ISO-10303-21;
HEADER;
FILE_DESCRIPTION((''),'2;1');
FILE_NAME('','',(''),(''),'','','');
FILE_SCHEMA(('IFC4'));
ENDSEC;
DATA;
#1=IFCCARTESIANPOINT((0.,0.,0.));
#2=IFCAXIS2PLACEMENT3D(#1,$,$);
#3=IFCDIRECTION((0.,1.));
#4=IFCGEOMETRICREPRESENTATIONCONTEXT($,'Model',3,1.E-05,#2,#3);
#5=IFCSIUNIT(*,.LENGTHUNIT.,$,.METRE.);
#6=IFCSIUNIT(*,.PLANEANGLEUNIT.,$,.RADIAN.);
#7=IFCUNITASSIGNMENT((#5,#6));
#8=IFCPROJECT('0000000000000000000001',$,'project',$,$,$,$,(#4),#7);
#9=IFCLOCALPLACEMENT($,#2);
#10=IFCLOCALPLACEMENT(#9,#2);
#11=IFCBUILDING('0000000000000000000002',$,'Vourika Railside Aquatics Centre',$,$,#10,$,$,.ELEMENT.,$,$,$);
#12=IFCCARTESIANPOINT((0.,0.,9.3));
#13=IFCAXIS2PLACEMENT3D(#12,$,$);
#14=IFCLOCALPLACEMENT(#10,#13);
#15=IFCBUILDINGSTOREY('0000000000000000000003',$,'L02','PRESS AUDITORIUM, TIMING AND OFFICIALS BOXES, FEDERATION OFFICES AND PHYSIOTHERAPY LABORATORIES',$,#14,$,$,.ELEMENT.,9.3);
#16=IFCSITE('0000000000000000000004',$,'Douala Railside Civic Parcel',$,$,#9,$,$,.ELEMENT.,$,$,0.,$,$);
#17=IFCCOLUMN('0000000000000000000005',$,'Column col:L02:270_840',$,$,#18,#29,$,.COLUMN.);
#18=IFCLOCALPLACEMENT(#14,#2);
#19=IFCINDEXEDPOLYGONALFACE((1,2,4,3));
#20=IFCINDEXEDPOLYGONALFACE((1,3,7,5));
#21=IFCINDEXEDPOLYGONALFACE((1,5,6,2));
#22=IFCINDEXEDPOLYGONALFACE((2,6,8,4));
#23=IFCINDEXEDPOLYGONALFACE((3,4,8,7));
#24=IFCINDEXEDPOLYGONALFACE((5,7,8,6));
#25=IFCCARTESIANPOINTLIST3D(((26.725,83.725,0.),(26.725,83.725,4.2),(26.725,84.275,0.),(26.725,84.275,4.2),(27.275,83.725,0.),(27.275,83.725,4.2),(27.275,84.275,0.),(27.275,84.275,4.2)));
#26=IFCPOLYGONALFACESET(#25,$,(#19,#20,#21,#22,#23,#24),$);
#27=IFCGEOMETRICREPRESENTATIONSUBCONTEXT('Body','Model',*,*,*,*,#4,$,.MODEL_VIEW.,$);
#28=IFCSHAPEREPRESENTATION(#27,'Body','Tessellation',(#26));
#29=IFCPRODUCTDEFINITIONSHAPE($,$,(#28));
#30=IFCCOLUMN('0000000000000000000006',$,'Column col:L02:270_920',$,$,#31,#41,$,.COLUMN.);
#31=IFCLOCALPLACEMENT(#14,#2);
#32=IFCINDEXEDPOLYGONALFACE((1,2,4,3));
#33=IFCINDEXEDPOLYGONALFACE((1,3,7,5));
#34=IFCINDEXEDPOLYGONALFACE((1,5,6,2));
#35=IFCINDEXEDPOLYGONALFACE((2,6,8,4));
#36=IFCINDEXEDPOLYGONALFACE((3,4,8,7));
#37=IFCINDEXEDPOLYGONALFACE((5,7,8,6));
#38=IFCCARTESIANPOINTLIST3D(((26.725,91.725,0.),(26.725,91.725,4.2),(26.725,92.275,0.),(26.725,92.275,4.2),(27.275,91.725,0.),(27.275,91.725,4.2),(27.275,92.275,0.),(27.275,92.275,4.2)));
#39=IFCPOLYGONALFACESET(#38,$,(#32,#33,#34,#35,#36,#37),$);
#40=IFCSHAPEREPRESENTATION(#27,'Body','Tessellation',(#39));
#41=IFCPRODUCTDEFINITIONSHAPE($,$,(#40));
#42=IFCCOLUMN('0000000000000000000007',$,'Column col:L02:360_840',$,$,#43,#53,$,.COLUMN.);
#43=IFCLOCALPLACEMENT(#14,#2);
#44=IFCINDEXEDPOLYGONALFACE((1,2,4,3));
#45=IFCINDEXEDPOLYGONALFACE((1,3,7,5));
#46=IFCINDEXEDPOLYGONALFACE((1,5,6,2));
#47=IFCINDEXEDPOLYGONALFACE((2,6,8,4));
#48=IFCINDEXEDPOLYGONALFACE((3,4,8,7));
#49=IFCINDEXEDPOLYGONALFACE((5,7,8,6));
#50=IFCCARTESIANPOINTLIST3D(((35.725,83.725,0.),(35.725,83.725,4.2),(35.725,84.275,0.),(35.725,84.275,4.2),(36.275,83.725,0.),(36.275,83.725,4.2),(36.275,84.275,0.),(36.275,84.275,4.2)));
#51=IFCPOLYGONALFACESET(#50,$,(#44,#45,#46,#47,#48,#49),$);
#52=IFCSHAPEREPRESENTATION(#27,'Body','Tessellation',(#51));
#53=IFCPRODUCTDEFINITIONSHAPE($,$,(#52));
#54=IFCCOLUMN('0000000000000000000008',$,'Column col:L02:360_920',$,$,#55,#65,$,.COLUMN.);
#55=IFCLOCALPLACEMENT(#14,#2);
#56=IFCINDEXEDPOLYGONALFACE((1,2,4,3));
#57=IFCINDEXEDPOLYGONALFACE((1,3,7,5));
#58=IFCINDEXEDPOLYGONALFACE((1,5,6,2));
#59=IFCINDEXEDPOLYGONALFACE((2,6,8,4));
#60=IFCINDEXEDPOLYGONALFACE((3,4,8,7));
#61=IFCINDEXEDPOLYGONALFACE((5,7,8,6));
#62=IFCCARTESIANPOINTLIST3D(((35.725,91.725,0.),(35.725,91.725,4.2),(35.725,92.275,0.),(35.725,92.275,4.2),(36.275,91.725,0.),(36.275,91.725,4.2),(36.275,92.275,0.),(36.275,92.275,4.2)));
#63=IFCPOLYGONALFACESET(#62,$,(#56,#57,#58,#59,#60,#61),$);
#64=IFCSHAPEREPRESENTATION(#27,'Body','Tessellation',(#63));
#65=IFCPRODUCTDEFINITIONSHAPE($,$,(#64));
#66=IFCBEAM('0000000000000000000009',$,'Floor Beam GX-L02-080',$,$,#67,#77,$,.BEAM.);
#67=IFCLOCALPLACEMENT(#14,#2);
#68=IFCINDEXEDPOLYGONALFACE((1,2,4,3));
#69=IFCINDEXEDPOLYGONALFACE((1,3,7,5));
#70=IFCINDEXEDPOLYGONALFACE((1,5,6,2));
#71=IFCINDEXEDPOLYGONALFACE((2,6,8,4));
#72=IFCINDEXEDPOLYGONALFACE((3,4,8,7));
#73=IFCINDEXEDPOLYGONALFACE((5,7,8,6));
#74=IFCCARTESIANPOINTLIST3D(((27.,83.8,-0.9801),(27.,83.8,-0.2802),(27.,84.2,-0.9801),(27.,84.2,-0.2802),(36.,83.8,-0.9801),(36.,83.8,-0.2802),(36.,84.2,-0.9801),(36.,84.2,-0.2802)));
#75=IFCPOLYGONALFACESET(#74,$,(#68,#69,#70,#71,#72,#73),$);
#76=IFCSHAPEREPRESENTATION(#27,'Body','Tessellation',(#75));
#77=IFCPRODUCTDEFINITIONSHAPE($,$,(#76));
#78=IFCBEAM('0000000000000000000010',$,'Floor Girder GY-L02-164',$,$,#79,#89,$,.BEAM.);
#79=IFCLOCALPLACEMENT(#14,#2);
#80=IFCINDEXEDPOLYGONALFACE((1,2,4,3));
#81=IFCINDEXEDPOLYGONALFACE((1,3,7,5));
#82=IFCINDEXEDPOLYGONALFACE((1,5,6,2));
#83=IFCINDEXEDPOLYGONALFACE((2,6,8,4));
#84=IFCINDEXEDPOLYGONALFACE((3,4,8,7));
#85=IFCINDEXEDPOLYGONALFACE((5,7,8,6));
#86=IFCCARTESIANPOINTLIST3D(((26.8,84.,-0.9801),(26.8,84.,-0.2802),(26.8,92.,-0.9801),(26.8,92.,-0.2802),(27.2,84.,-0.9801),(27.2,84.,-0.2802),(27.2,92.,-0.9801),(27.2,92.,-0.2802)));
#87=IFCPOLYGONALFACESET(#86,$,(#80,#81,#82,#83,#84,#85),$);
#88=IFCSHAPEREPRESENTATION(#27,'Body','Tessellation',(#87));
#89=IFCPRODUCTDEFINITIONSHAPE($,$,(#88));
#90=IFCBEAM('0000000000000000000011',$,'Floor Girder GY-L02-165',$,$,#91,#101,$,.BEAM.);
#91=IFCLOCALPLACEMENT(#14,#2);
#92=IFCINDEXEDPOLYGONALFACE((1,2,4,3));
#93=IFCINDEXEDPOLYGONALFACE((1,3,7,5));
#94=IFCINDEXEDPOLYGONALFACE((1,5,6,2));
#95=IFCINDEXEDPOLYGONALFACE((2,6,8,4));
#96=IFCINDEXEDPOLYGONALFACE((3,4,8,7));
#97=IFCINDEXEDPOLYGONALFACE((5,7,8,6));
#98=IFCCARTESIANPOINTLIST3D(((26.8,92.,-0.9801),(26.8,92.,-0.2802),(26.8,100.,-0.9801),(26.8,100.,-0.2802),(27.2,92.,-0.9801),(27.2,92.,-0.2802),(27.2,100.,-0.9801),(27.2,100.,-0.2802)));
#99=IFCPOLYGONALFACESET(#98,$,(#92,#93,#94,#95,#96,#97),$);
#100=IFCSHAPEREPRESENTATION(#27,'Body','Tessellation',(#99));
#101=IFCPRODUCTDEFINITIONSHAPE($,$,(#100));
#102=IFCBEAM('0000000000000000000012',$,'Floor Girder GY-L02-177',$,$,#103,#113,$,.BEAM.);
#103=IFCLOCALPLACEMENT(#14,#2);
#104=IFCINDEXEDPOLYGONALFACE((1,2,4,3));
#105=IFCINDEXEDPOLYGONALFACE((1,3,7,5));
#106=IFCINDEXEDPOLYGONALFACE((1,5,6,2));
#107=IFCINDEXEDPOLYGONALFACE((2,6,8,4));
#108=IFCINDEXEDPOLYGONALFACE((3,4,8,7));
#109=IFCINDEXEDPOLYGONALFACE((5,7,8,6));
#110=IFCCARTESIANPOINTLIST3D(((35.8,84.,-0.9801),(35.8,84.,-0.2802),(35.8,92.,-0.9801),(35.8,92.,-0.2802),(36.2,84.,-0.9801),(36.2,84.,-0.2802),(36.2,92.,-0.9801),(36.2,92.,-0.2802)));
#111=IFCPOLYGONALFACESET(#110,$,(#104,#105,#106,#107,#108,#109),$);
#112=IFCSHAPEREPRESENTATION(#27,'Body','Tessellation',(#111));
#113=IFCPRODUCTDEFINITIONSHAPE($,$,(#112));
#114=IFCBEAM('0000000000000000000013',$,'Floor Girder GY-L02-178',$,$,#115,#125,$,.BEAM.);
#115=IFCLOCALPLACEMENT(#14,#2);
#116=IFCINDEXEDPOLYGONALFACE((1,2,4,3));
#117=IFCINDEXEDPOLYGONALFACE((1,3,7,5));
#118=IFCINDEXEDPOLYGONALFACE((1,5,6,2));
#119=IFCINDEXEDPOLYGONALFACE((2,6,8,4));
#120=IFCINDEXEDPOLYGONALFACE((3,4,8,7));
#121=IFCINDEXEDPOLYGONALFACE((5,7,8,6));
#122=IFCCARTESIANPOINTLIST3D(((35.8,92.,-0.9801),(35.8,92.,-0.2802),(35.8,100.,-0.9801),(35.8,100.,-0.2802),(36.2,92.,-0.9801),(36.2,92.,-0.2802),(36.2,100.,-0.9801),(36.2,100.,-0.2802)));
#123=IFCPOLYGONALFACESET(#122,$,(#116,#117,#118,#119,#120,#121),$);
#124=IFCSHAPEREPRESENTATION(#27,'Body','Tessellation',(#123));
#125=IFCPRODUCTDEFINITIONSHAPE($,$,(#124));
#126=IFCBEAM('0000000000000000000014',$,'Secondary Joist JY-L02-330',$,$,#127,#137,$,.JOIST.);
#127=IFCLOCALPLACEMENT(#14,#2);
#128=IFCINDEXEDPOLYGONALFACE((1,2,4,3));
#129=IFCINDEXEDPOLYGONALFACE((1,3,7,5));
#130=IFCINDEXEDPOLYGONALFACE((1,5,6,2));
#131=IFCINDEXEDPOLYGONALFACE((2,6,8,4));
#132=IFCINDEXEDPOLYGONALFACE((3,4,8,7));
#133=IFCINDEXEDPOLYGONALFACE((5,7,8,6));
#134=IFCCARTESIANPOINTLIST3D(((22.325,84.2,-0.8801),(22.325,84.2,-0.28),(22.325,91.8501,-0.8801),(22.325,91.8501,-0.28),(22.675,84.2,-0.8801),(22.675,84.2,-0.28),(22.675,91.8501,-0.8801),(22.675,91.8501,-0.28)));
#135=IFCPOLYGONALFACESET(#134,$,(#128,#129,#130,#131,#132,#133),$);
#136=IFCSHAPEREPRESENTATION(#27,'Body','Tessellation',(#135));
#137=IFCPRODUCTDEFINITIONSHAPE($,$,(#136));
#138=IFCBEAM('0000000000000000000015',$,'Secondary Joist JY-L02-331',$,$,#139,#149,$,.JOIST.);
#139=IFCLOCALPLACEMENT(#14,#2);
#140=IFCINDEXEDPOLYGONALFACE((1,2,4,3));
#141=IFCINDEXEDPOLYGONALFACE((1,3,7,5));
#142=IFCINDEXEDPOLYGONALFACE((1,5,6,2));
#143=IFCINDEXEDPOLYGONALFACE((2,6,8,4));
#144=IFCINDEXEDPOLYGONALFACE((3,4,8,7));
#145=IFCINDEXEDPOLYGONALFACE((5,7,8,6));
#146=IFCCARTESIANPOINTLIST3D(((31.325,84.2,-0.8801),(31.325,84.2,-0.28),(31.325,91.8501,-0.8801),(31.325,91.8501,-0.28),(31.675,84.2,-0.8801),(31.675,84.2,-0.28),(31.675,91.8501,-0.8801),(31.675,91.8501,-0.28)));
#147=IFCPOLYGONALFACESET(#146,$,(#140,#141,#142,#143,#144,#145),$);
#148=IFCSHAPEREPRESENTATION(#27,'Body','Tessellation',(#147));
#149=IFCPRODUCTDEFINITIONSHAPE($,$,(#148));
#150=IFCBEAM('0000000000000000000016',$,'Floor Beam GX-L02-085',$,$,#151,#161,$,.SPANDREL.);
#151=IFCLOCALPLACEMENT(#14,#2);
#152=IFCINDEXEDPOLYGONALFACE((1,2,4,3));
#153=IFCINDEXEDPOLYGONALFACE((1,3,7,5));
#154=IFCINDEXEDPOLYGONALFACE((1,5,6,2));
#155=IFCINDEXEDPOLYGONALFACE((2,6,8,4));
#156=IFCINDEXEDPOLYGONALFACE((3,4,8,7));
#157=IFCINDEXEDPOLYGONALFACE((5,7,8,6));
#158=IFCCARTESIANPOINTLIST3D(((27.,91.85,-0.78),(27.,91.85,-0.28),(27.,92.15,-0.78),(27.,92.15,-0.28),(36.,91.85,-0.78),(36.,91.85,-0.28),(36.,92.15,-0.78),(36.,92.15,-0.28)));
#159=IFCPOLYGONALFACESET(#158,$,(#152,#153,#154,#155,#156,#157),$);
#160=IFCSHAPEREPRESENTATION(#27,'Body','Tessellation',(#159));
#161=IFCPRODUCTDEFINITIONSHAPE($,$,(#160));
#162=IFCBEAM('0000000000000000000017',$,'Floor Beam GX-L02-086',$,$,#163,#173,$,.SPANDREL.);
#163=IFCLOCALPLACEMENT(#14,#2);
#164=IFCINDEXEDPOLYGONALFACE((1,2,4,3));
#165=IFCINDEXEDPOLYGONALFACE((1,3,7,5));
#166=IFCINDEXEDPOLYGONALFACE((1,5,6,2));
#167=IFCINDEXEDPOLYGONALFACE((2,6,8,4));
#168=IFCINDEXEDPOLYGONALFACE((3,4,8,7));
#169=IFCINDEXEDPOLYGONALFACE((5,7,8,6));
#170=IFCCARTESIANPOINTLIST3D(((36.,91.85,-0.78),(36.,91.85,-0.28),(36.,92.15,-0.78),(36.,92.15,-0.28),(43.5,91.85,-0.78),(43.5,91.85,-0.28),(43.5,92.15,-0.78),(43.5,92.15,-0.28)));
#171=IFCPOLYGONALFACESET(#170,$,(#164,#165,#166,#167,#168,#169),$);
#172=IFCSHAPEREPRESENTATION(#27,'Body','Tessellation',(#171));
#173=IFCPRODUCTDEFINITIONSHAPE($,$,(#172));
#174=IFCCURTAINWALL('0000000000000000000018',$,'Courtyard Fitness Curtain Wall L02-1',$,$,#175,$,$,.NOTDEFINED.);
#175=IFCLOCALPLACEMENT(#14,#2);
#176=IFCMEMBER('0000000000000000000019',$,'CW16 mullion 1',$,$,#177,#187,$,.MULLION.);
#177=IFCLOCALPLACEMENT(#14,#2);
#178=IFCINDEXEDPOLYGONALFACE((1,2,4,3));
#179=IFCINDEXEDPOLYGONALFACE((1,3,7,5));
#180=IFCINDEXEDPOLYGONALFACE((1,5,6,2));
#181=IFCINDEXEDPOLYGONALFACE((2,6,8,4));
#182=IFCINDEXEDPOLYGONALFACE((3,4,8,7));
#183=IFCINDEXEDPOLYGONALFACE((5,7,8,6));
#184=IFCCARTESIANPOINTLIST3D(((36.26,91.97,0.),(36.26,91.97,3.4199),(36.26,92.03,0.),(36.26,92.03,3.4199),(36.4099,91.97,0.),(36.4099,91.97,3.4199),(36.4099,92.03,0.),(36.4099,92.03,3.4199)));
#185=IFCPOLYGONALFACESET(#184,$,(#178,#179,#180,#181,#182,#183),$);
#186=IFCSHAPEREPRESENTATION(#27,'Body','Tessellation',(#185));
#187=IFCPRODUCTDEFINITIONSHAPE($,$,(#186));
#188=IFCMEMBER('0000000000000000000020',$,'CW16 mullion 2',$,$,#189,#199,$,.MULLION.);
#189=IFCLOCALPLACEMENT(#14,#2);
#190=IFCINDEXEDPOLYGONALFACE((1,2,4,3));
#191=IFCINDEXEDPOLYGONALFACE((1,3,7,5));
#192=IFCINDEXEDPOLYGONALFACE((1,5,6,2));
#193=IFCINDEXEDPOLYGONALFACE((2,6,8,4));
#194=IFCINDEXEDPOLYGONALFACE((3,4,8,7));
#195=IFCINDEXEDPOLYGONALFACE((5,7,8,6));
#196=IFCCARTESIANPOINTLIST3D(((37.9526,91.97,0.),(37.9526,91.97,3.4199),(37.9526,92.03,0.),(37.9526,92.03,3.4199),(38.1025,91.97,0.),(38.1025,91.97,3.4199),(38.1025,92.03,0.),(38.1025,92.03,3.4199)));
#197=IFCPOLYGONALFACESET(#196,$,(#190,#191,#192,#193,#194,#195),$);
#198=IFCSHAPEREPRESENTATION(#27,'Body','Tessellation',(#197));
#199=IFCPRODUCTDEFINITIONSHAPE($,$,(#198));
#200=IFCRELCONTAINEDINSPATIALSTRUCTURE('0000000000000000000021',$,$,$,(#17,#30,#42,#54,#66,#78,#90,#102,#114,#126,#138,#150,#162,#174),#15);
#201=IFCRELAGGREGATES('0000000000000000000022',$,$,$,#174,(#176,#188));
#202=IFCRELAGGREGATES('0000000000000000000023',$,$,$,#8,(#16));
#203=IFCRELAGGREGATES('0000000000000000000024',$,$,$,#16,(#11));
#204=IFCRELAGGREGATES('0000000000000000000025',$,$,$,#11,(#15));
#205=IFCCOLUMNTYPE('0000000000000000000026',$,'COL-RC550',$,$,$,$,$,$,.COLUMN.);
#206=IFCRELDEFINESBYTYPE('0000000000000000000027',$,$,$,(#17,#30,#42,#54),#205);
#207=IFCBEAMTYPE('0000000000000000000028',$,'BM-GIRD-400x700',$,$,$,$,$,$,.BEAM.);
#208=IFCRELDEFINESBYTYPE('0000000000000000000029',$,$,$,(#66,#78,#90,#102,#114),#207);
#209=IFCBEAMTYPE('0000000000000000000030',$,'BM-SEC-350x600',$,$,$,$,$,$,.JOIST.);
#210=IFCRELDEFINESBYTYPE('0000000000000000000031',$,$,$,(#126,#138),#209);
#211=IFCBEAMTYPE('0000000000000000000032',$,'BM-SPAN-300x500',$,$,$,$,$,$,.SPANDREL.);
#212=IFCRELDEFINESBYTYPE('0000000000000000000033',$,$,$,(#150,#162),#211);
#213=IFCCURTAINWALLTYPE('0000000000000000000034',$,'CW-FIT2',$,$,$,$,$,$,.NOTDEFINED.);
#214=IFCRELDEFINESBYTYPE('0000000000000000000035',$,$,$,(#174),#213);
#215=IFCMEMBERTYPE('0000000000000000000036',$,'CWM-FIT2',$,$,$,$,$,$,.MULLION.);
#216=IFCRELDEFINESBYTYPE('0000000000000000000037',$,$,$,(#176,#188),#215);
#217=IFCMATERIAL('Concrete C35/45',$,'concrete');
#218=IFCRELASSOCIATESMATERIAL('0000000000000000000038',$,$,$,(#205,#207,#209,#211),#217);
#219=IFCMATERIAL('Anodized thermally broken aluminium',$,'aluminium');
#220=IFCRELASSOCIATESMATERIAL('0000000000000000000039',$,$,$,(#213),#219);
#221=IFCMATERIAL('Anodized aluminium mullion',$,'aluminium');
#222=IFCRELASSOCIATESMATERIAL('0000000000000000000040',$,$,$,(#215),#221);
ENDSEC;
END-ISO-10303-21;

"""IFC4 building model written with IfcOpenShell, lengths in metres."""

from ifc_helpers import new_model, si_unit, direction, frame, origin, origin_2d, place, context, subcontext, project, spatial, rectangle, extrude, material, material_profile, profile_set, type_object, element, aggregate, save


model = new_model("IFC4")

# Units and contexts
model_context = context("Model", 3, precision=1e-05, world=origin(), true_north=direction((0.0, 1.0)))
body_context = subcontext(model_context, "Body", "Model", "MODEL_VIEW")
ifc_project = project(units=[si_unit("LENGTHUNIT", "METRE"), si_unit("PLANEANGLEUNIT", "RADIAN")], contexts=[model_context])

# Site, building, storey
site_placement = place(None, origin())
site = spatial("IfcSite", under=ifc_project, at=site_placement, Name="Douala Railside Civic Parcel", CompositionType="ELEMENT", RefElevation=0.0)
building_placement = place(site_placement, origin())
building = spatial("IfcBuilding", under=site, at=building_placement, Name="Vourika Railside Aquatics Centre", CompositionType="ELEMENT")
storey_placement = place(building_placement, frame((0.0, 0.0, 9.3)))
storey = spatial("IfcBuildingStorey", under=building, at=storey_placement, Name="L02", Description="PRESS AUDITORIUM, TIMING AND OFFICIALS BOXES, FEDERATION OFFICES AND PHYSIOTHERAPY LABORATORIES", CompositionType="ELEMENT", Elevation=9.3)

# Columns
ifc_material_1 = material(Name="Concrete C35/45", Category="concrete")
ifc_material_profile_1 = material_profile(ifc_material_1, rectangle(XDim=0.55, YDim=0.55, at=origin_2d()), Name="RC 550x550")
ifc_profile_set_1 = profile_set([ifc_material_profile_1], Name="Concrete C35/45")
column_type = type_object("IfcColumnType", Name="COL-RC550", PredefinedType="COLUMN", material=ifc_profile_set_1)
for number, where, z_axis, x_axis, name in (
    (1, (27.0, 84.0, 0.0), (0.0, 0.0, 1.0), (1.0, 0.0, 0.0), "Column col:L02:270_840"),
    (2, (27.0, 92.0, 0.0), (0.0, 0.0, 1.0), (1.0, 0.0, 0.0), "Column col:L02:270_920"),
    (3, (36.0, 84.0, 0.0), (0.0, 0.0, 1.0), (1.0, 0.0, 0.0), "Column col:L02:360_840"),
    (4, (36.0, 92.0, 0.0), (0.0, 0.0, 1.0), (1.0, 0.0, 0.0), "Column col:L02:360_920"),
):
    element("IfcColumn", number, at=place(storey_placement, frame(where, z_axis=z_axis, x_axis=x_axis)), inside=storey, type_object=column_type, Name=name, PredefinedType="COLUMN", context=body_context, shape_type="SweptSolid", body=[
        extrude(rectangle(XDim=0.55, YDim=0.55, at=origin_2d()), origin(), (0.0, 0.0, 1.0), 4.2),
    ])

# Beams
ifc_material_profile_2 = material_profile(ifc_material_1, rectangle(XDim=0.3999, YDim=0.7, at=origin_2d()), Name="RC 400x700")
ifc_profile_set_2 = profile_set([ifc_material_profile_2], Name="Concrete C35/45")
beam_type_1 = type_object("IfcBeamType", Name="BM-GIRD-400x700", PredefinedType="BEAM", material=ifc_profile_set_2)
beam_1_placement = place(storey_placement, frame((27.0, 84.0, -0.6301), z_axis=(1.0, 0.0, 0.0), x_axis=(0.0, 1.0, 0.0)))
element("IfcBeam", 5, at=beam_1_placement, inside=storey, type_object=beam_type_1, Name="Floor Beam GX-L02-080", PredefinedType="BEAM", context=body_context, shape_type="SweptSolid", body=[
    extrude(rectangle(XDim=0.3999, YDim=0.7, at=origin_2d()), origin(), (0.0, 0.0, 1.0), 9.0),
])
for number, where, z_axis, x_axis, name in (
    (6, (27.0, 84.0, -0.6301), (0.0, 1.0, 0.0), (-1.0, 0.0, 0.0), "Floor Girder GY-L02-164"),
    (7, (27.0, 92.0, -0.6301), (0.0, 1.0, 0.0), (-1.0, 0.0, 0.0), "Floor Girder GY-L02-165"),
    (8, (36.0, 84.0, -0.6301), (0.0, 1.0, 0.0), (-1.0, 0.0, 0.0), "Floor Girder GY-L02-177"),
    (9, (36.0, 92.0, -0.6301), (0.0, 1.0, 0.0), (-1.0, 0.0, 0.0), "Floor Girder GY-L02-178"),
):
    element("IfcBeam", number, at=place(storey_placement, frame(where, z_axis=z_axis, x_axis=x_axis)), inside=storey, type_object=beam_type_1, Name=name, PredefinedType="BEAM", context=body_context, shape_type="SweptSolid", body=[
        extrude(rectangle(XDim=0.3999, YDim=0.7, at=origin_2d()), origin(), (0.0, 0.0, 1.0), 8.0),
    ])
ifc_material_profile_3 = material_profile(ifc_material_1, rectangle(XDim=0.3501, YDim=0.6001, at=origin_2d()), Name="RC 350x600")
ifc_profile_set_3 = profile_set([ifc_material_profile_3], Name="Concrete C35/45")
beam_type_2 = type_object("IfcBeamType", Name="BM-SEC-350x600", PredefinedType="JOIST", material=ifc_profile_set_3)
for number, where, z_axis, x_axis, name in (
    (10, (22.5, 84.2, -0.5801), (0.0, 1.0, 0.0), (-1.0, 0.0, 0.0), "Secondary Joist JY-L02-330"),
    (11, (31.5, 84.2, -0.5801), (0.0, 1.0, 0.0), (-1.0, 0.0, 0.0), "Secondary Joist JY-L02-331"),
):
    element("IfcBeam", number, at=place(storey_placement, frame(where, z_axis=z_axis, x_axis=x_axis)), inside=storey, type_object=beam_type_2, Name=name, PredefinedType="JOIST", context=body_context, shape_type="SweptSolid", body=[
        extrude(rectangle(XDim=0.3501, YDim=0.6001, at=origin_2d()), origin(), (0.0, 0.0, 1.0), 7.6501),
    ])
ifc_material_profile_4 = material_profile(ifc_material_1, rectangle(XDim=0.3, YDim=0.5, at=origin_2d()), Name="RC 300x500")
ifc_profile_set_4 = profile_set([ifc_material_profile_4], Name="Concrete C35/45")
beam_type_3 = type_object("IfcBeamType", Name="BM-SPAN-300x500", PredefinedType="SPANDREL", material=ifc_profile_set_4)
beam_2_placement = place(storey_placement, frame((27.0, 92.0, -0.53), z_axis=(1.0, 0.0, 0.0), x_axis=(0.0, 1.0, 0.0)))
element("IfcBeam", 12, at=beam_2_placement, inside=storey, type_object=beam_type_3, Name="Floor Beam GX-L02-085", PredefinedType="SPANDREL", context=body_context, shape_type="SweptSolid", body=[
    extrude(rectangle(XDim=0.3, YDim=0.5, at=origin_2d()), origin(), (0.0, 0.0, 1.0), 9.0),
])
beam_3_placement = place(storey_placement, frame((36.0, 92.0, -0.53), z_axis=(1.0, 0.0, 0.0), x_axis=(0.0, 1.0, 0.0)))
element("IfcBeam", 13, at=beam_3_placement, inside=storey, type_object=beam_type_3, Name="Floor Beam GX-L02-086", PredefinedType="SPANDREL", context=body_context, shape_type="SweptSolid", body=[
    extrude(rectangle(XDim=0.3, YDim=0.5, at=origin_2d()), origin(), (0.0, 0.0, 1.0), 7.5),
])

# Curtain wall, members
ifc_material_2 = material(Name="Anodized thermally broken aluminium", Category="aluminium")
curtain_wall_type = type_object("IfcCurtainWallType", Name="CW-FIT2", PredefinedType="NOTDEFINED", material=ifc_material_2)
curtain_wall_placement = place(storey_placement, origin())
curtain_wall = element("IfcCurtainWall", 14, at=curtain_wall_placement, inside=storey, type_object=curtain_wall_type, Name="Courtyard Fitness Curtain Wall L02-1", PredefinedType="NOTDEFINED")
ifc_material_3 = material(Name="Anodized aluminium mullion", Category="aluminium")
ifc_material_profile_5 = material_profile(ifc_material_3, rectangle(XDim=0.0601, YDim=0.1499, at=origin_2d()), Name="ALU-M 60x150")
ifc_profile_set_5 = profile_set([ifc_material_profile_5], Name="Anodized aluminium mullion")
member_type_1 = type_object("IfcMemberType", Name="CWM-FIT2", PredefinedType="MULLION", material=ifc_profile_set_5)
member_1_placement = place(storey_placement, frame((36.335, 92.0, 0.0), z_axis=(0.0, 0.0, 1.0), x_axis=(0.0, 1.0, 0.0)))
member_1 = element("IfcMember", 15, at=member_1_placement, type_object=member_type_1, Name="CW16 mullion 1", PredefinedType="MULLION", context=body_context, shape_type="SweptSolid", body=[
    extrude(rectangle(XDim=0.0601, YDim=0.1499, at=origin_2d()), origin(), (0.0, 0.0, 1.0), 3.4199),
])
member_2_placement = place(storey_placement, frame((38.0276, 92.0, 0.0), z_axis=(0.0, 0.0, 1.0), x_axis=(0.0, 1.0, 0.0)))
member_2 = element("IfcMember", 16, at=member_2_placement, type_object=member_type_1, Name="CW16 mullion 2", PredefinedType="MULLION", context=body_context, shape_type="SweptSolid", body=[
    extrude(rectangle(XDim=0.0601, YDim=0.1499, at=origin_2d()), origin(), (0.0, 0.0, 1.0), 3.4199),
])
aggregate(curtain_wall, [member_1, member_2])

save(model, "model.ifc")
